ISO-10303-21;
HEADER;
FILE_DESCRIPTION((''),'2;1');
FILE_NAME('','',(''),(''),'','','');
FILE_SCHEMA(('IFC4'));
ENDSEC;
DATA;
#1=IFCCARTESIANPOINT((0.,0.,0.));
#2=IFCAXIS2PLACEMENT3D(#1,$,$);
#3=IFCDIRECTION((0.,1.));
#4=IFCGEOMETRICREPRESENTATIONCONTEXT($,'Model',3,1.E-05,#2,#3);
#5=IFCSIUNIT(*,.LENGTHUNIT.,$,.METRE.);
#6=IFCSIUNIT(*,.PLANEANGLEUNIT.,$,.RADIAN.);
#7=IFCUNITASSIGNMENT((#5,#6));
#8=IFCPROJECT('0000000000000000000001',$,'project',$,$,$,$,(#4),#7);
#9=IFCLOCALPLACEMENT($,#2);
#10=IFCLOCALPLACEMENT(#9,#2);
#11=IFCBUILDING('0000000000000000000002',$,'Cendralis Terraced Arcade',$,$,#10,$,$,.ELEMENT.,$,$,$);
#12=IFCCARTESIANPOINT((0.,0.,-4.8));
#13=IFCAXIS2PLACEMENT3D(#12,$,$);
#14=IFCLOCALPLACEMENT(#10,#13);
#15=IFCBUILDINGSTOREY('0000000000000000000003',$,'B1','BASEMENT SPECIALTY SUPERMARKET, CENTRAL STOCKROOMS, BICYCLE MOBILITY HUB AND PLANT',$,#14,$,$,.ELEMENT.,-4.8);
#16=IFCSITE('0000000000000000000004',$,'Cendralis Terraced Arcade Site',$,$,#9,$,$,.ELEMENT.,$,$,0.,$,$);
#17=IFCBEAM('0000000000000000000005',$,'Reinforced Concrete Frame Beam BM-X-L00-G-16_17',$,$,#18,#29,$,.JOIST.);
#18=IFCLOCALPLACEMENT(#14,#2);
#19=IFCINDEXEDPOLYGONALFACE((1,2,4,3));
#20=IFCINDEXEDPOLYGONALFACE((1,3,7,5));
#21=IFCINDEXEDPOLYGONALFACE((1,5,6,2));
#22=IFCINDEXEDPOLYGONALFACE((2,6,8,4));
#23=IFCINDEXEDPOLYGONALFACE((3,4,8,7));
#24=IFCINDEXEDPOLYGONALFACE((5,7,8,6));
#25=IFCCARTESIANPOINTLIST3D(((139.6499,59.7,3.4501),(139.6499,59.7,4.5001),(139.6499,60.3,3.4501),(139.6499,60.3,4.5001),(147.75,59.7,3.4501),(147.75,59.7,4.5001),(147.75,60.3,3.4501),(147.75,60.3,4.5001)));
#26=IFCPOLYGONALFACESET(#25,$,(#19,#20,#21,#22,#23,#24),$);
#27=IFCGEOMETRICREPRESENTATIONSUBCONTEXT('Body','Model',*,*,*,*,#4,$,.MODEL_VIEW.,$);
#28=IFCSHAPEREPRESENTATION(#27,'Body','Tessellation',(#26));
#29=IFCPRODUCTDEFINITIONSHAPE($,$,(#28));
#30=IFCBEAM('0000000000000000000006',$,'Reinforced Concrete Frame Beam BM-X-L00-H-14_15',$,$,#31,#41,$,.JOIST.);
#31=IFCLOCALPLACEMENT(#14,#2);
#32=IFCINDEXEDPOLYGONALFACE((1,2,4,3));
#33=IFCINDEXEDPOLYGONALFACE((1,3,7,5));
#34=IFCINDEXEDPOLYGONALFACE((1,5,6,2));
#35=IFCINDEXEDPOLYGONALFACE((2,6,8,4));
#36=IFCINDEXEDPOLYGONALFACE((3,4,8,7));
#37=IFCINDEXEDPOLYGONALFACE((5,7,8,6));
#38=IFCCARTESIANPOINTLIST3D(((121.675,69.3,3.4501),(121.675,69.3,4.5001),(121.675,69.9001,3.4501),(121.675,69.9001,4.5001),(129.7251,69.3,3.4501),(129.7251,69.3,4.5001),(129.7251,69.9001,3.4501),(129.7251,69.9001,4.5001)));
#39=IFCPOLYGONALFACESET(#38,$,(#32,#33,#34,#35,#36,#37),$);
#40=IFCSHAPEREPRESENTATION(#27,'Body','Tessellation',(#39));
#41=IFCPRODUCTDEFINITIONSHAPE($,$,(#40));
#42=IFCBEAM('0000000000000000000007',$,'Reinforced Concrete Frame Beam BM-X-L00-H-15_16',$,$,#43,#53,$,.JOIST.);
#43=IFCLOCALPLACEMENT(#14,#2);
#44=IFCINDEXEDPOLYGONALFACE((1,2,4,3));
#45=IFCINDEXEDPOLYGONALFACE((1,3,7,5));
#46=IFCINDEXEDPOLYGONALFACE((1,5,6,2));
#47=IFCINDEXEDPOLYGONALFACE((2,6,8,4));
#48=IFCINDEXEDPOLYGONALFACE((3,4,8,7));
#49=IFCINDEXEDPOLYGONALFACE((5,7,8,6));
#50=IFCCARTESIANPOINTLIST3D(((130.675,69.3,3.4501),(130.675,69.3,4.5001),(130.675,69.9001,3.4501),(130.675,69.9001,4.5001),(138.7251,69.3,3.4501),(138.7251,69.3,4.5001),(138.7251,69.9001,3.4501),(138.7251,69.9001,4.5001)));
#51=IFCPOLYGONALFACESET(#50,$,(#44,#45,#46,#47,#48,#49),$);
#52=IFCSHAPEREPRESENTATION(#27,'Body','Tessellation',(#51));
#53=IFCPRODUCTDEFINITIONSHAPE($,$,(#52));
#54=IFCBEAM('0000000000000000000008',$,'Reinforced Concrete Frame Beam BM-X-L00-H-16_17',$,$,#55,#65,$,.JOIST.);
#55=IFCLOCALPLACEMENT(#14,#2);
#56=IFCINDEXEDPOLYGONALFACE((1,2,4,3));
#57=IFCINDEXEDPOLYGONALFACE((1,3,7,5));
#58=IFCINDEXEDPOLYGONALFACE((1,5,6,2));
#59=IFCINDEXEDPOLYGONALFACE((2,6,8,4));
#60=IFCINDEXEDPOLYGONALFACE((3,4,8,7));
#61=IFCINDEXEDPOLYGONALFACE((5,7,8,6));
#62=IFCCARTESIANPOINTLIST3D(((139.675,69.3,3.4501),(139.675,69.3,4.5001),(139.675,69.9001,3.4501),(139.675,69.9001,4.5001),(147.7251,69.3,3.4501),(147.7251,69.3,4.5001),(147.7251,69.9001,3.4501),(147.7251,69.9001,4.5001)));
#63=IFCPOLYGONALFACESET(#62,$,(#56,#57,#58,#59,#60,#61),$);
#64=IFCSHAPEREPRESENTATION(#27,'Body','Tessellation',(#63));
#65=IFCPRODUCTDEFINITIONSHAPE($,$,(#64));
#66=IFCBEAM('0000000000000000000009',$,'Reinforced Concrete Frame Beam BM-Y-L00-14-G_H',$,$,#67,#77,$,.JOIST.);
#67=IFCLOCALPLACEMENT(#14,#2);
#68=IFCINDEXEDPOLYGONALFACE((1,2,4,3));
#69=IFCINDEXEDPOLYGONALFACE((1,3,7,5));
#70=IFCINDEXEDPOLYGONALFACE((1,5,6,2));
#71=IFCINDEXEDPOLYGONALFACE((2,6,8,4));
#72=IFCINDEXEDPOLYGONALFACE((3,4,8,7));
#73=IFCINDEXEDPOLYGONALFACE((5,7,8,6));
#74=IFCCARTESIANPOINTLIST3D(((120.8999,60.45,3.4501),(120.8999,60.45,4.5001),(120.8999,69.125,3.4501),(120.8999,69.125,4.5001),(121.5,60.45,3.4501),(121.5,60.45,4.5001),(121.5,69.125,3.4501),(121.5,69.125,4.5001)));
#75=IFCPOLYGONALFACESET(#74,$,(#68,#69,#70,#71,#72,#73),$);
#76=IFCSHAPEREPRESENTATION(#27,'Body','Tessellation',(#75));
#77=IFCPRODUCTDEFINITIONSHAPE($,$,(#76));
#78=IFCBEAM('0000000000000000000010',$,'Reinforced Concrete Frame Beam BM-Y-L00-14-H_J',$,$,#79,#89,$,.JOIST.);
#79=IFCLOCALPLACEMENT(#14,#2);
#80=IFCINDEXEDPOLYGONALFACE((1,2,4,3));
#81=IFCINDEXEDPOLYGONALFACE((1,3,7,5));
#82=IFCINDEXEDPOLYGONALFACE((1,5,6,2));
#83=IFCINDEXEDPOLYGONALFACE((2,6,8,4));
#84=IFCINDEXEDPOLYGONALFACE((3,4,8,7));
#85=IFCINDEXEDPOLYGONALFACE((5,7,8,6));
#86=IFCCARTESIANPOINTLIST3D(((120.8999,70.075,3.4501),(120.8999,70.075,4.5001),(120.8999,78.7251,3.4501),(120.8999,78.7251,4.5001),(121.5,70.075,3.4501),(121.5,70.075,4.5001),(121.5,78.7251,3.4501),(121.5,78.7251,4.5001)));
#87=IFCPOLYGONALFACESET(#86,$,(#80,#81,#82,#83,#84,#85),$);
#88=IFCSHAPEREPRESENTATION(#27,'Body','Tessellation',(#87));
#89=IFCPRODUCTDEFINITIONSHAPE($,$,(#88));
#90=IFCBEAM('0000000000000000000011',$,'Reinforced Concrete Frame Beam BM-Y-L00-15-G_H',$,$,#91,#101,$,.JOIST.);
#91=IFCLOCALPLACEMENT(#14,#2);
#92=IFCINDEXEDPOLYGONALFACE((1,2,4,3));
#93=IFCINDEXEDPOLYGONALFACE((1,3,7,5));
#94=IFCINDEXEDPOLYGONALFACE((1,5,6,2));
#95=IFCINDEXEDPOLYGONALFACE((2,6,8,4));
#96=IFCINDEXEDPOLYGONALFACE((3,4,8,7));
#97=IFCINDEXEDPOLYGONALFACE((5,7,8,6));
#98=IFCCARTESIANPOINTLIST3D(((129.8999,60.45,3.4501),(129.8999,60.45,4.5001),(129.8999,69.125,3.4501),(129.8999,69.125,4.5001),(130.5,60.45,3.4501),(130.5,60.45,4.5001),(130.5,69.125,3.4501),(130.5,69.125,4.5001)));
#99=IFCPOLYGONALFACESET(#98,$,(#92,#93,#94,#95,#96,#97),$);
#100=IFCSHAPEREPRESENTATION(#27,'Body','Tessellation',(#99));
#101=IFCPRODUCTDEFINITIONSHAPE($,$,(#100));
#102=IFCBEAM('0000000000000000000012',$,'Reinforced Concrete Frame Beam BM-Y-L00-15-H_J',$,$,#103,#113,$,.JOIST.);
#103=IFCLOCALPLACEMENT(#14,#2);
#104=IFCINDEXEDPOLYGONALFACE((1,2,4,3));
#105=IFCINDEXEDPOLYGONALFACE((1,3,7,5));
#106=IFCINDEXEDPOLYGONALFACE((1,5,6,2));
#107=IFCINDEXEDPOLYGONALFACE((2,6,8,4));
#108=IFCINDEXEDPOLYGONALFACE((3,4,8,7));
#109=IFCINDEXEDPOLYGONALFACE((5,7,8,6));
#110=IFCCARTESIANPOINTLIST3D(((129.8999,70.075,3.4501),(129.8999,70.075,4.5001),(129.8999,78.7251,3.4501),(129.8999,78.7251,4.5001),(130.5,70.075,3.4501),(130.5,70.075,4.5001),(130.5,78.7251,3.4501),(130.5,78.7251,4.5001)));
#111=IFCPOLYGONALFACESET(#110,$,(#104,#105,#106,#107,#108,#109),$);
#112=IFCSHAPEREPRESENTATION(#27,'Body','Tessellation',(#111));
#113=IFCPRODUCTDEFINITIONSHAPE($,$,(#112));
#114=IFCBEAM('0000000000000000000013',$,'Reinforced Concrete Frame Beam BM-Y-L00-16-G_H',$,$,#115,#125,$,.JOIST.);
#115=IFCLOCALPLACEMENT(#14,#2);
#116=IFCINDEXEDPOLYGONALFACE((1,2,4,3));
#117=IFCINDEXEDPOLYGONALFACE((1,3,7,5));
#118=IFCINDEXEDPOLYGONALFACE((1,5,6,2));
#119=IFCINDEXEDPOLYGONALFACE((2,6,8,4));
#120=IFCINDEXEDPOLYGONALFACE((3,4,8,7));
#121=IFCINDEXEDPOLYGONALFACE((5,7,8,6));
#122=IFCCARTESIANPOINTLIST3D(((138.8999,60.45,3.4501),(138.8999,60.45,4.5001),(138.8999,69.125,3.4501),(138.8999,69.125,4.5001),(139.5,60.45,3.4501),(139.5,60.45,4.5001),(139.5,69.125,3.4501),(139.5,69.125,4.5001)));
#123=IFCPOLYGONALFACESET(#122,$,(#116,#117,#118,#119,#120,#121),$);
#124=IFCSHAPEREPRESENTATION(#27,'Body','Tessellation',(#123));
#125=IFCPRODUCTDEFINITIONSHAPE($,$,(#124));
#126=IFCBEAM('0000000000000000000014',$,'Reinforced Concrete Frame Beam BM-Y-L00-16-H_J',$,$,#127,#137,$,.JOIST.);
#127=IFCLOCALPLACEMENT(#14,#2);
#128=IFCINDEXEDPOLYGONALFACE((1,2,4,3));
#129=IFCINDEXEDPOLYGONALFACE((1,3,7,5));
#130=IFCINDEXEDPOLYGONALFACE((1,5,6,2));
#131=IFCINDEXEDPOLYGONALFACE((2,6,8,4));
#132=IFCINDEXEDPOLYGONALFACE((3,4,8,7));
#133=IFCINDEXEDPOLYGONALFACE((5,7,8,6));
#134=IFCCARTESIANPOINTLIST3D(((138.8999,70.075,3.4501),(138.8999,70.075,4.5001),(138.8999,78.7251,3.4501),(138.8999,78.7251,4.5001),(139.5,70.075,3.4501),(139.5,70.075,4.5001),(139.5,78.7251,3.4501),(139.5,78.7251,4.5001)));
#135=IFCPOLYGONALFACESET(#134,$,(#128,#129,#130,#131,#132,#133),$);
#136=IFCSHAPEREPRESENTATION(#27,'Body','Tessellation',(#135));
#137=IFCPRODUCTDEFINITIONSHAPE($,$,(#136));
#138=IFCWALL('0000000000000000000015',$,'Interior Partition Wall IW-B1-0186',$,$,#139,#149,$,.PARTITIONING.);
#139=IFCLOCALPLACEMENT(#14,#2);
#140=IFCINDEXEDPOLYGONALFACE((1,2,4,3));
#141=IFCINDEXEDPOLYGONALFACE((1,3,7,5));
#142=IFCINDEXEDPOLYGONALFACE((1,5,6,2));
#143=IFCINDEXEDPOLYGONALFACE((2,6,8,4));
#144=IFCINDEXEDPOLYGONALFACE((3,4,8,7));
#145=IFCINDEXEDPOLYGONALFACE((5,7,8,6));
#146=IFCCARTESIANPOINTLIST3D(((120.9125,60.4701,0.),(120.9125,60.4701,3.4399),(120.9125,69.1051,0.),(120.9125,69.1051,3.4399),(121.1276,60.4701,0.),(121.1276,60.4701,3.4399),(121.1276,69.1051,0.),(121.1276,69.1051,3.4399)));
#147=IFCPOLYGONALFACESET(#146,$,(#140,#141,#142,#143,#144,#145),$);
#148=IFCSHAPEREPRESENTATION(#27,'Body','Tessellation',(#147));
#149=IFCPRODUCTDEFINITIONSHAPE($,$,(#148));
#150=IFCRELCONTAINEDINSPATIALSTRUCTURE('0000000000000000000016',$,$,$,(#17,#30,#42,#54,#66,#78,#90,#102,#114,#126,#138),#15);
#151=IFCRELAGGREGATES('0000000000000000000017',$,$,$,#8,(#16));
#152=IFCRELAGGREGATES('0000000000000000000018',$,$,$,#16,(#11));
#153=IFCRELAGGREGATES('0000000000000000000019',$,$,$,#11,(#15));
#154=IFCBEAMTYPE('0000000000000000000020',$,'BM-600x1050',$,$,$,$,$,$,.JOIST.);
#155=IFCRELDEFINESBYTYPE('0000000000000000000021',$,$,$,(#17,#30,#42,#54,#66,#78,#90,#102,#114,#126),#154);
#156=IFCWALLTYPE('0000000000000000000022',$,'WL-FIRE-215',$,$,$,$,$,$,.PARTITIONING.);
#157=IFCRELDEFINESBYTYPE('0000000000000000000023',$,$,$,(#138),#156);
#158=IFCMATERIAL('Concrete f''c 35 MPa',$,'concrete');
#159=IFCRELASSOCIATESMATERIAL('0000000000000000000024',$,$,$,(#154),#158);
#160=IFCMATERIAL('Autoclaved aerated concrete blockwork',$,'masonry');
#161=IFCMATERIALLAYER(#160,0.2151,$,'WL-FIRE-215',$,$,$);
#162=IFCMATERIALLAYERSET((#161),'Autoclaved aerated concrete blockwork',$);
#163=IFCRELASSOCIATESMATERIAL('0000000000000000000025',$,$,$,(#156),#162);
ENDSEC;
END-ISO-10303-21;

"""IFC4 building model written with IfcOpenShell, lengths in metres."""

from ifc_helpers import new_model, si_unit, direction, frame, frame_2d, origin, origin_2d, place, context, subcontext, project, spatial, rectangle, extrude, material, layer, layer_set, material_profile, profile_set, type_object, element, save


model = new_model("IFC4")

# Units and contexts
model_context = context("Model", 3, precision=1e-05, world=origin(), true_north=direction((0.0, 1.0)))
body_context = subcontext(model_context, "Body", "Model", "MODEL_VIEW")
ifc_project = project(units=[si_unit("LENGTHUNIT", "METRE"), si_unit("PLANEANGLEUNIT", "RADIAN")], contexts=[model_context])

# Site, building, storey
site_placement = place(None, origin())
site = spatial("IfcSite", under=ifc_project, at=site_placement, Name="Cendralis Terraced Arcade Site", CompositionType="ELEMENT", RefElevation=0.0)
building_placement = place(site_placement, origin())
building = spatial("IfcBuilding", under=site, at=building_placement, Name="Cendralis Terraced Arcade", CompositionType="ELEMENT")
storey_placement = place(building_placement, frame((0.0, 0.0, -4.8)))
storey = spatial("IfcBuildingStorey", under=building, at=storey_placement, Name="B1", Description="BASEMENT SPECIALTY SUPERMARKET, CENTRAL STOCKROOMS, BICYCLE MOBILITY HUB AND PLANT", CompositionType="ELEMENT", Elevation=-4.8)

# Shared definitions
ifc_material_1 = material(Name="Concrete f'c 35 MPa", Category="concrete")

# Beams
ifc_material_profile_1 = material_profile(ifc_material_1, rectangle(XDim=0.6001, YDim=1.05, at=origin_2d()), Name="RC-BM-600x1050", Category="LoadBearing")
ifc_profile_set_1 = profile_set([ifc_material_profile_1], Name="Concrete f'c 35 MPa")
beam_type = type_object("IfcBeamType", Name="BM-600x1050", PredefinedType="JOIST", material=ifc_profile_set_1)
for number, where, z_axis, x_axis, name in (
    (1, (139.6499, 60.0, 3.9751), (1.0, 0.0, 0.0), (0.0, 1.0, 0.0), "Reinforced Concrete Frame Beam BM-X-L00-G-16_17"),
):
    element("IfcBeam", number, at=place(storey_placement, frame(where, z_axis=z_axis, x_axis=x_axis)), inside=storey, type_object=beam_type, Name=name, PredefinedType="JOIST", context=body_context, shape_type="SweptSolid", body=[
        extrude(rectangle(XDim=0.6001, YDim=1.05, at=origin_2d()), origin(), (0.0, 0.0, 1.0), 8.1001),
    ])
for number, where, z_axis, x_axis, name in (
    (2, (121.675, 69.6001, 3.9751), (1.0, 0.0, 0.0), (0.0, 1.0, 0.0), "Reinforced Concrete Frame Beam BM-X-L00-H-14_15"),
    (3, (130.675, 69.6001, 3.9751), (1.0, 0.0, 0.0), (0.0, 1.0, 0.0), "Reinforced Concrete Frame Beam BM-X-L00-H-15_16"),
    (4, (139.675, 69.6001, 3.9751), (1.0, 0.0, 0.0), (0.0, 1.0, 0.0), "Reinforced Concrete Frame Beam BM-X-L00-H-16_17"),
):
    element("IfcBeam", number, at=place(storey_placement, frame(where, z_axis=z_axis, x_axis=x_axis)), inside=storey, type_object=beam_type, Name=name, PredefinedType="JOIST", context=body_context, shape_type="SweptSolid", body=[
        extrude(rectangle(XDim=0.6001, YDim=1.05, at=origin_2d()), origin(), (0.0, 0.0, 1.0), 8.05),
    ])
beam_1_placement = place(storey_placement, frame((121.2, 60.45, 3.9751), z_axis=(0.0, 1.0, 0.0), x_axis=(-1.0, 0.0, 0.0)))
element("IfcBeam", 5, at=beam_1_placement, inside=storey, type_object=beam_type, Name="Reinforced Concrete Frame Beam BM-Y-L00-14-G_H", PredefinedType="JOIST", context=body_context, shape_type="SweptSolid", body=[
    extrude(rectangle(XDim=0.6001, YDim=1.05, at=origin_2d()), origin(), (0.0, 0.0, 1.0), 8.675),
])
beam_2_placement = place(storey_placement, frame((121.2, 70.075, 3.9751), z_axis=(0.0, 1.0, 0.0), x_axis=(-1.0, 0.0, 0.0)))
element("IfcBeam", 6, at=beam_2_placement, inside=storey, type_object=beam_type, Name="Reinforced Concrete Frame Beam BM-Y-L00-14-H_J", PredefinedType="JOIST", context=body_context, shape_type="SweptSolid", body=[
    extrude(rectangle(XDim=0.6001, YDim=1.05, at=origin_2d()), origin(), (0.0, 0.0, 1.0), 8.6501),
])
beam_3_placement = place(storey_placement, frame((130.2, 60.45, 3.9751), z_axis=(0.0, 1.0, 0.0), x_axis=(-1.0, 0.0, 0.0)))
element("IfcBeam", 7, at=beam_3_placement, inside=storey, type_object=beam_type, Name="Reinforced Concrete Frame Beam BM-Y-L00-15-G_H", PredefinedType="JOIST", context=body_context, shape_type="SweptSolid", body=[
    extrude(rectangle(XDim=0.6001, YDim=1.05, at=origin_2d()), origin(), (0.0, 0.0, 1.0), 8.675),
])
beam_4_placement = place(storey_placement, frame((130.2, 70.075, 3.9751), z_axis=(0.0, 1.0, 0.0), x_axis=(-1.0, 0.0, 0.0)))
element("IfcBeam", 8, at=beam_4_placement, inside=storey, type_object=beam_type, Name="Reinforced Concrete Frame Beam BM-Y-L00-15-H_J", PredefinedType="JOIST", context=body_context, shape_type="SweptSolid", body=[
    extrude(rectangle(XDim=0.6001, YDim=1.05, at=origin_2d()), origin(), (0.0, 0.0, 1.0), 8.6501),
])
beam_5_placement = place(storey_placement, frame((139.2, 60.45, 3.9751), z_axis=(0.0, 1.0, 0.0), x_axis=(-1.0, 0.0, 0.0)))
element("IfcBeam", 9, at=beam_5_placement, inside=storey, type_object=beam_type, Name="Reinforced Concrete Frame Beam BM-Y-L00-16-G_H", PredefinedType="JOIST", context=body_context, shape_type="SweptSolid", body=[
    extrude(rectangle(XDim=0.6001, YDim=1.05, at=origin_2d()), origin(), (0.0, 0.0, 1.0), 8.675),
])
beam_6_placement = place(storey_placement, frame((139.2, 70.075, 3.9751), z_axis=(0.0, 1.0, 0.0), x_axis=(-1.0, 0.0, 0.0)))
element("IfcBeam", 10, at=beam_6_placement, inside=storey, type_object=beam_type, Name="Reinforced Concrete Frame Beam BM-Y-L00-16-H_J", PredefinedType="JOIST", context=body_context, shape_type="SweptSolid", body=[
    extrude(rectangle(XDim=0.6001, YDim=1.05, at=origin_2d()), origin(), (0.0, 0.0, 1.0), 8.6501),
])

# Wall
ifc_material_2 = material(Name="Autoclaved aerated concrete blockwork", Category="masonry")
ifc_layer = layer(ifc_material_2, 0.2151, Name="WL-FIRE-215")
ifc_layer_set = layer_set([ifc_layer], Name="Autoclaved aerated concrete blockwork")
wall_type = type_object("IfcWallType", Name="WL-FIRE-215", PredefinedType="PARTITIONING", material=ifc_layer_set)
wall_placement = place(storey_placement, frame((121.02, 69.105, 0.0), z_axis=(0.0, 0.0, 1.0), x_axis=(0.0, -1.0, 0.0)))
element("IfcWall", 11, at=wall_placement, inside=storey, type_object=wall_type, Name="Interior Partition Wall IW-B1-0186", PredefinedType="PARTITIONING", context=body_context, shape_type="SweptSolid", body=[
    extrude(rectangle(XDim=8.635, YDim=0.2151, at=frame_2d((4.3174, 0.0))), origin(), (0.0, 0.0, 1.0), 3.4399),
])

save(model, "model.ifc")
